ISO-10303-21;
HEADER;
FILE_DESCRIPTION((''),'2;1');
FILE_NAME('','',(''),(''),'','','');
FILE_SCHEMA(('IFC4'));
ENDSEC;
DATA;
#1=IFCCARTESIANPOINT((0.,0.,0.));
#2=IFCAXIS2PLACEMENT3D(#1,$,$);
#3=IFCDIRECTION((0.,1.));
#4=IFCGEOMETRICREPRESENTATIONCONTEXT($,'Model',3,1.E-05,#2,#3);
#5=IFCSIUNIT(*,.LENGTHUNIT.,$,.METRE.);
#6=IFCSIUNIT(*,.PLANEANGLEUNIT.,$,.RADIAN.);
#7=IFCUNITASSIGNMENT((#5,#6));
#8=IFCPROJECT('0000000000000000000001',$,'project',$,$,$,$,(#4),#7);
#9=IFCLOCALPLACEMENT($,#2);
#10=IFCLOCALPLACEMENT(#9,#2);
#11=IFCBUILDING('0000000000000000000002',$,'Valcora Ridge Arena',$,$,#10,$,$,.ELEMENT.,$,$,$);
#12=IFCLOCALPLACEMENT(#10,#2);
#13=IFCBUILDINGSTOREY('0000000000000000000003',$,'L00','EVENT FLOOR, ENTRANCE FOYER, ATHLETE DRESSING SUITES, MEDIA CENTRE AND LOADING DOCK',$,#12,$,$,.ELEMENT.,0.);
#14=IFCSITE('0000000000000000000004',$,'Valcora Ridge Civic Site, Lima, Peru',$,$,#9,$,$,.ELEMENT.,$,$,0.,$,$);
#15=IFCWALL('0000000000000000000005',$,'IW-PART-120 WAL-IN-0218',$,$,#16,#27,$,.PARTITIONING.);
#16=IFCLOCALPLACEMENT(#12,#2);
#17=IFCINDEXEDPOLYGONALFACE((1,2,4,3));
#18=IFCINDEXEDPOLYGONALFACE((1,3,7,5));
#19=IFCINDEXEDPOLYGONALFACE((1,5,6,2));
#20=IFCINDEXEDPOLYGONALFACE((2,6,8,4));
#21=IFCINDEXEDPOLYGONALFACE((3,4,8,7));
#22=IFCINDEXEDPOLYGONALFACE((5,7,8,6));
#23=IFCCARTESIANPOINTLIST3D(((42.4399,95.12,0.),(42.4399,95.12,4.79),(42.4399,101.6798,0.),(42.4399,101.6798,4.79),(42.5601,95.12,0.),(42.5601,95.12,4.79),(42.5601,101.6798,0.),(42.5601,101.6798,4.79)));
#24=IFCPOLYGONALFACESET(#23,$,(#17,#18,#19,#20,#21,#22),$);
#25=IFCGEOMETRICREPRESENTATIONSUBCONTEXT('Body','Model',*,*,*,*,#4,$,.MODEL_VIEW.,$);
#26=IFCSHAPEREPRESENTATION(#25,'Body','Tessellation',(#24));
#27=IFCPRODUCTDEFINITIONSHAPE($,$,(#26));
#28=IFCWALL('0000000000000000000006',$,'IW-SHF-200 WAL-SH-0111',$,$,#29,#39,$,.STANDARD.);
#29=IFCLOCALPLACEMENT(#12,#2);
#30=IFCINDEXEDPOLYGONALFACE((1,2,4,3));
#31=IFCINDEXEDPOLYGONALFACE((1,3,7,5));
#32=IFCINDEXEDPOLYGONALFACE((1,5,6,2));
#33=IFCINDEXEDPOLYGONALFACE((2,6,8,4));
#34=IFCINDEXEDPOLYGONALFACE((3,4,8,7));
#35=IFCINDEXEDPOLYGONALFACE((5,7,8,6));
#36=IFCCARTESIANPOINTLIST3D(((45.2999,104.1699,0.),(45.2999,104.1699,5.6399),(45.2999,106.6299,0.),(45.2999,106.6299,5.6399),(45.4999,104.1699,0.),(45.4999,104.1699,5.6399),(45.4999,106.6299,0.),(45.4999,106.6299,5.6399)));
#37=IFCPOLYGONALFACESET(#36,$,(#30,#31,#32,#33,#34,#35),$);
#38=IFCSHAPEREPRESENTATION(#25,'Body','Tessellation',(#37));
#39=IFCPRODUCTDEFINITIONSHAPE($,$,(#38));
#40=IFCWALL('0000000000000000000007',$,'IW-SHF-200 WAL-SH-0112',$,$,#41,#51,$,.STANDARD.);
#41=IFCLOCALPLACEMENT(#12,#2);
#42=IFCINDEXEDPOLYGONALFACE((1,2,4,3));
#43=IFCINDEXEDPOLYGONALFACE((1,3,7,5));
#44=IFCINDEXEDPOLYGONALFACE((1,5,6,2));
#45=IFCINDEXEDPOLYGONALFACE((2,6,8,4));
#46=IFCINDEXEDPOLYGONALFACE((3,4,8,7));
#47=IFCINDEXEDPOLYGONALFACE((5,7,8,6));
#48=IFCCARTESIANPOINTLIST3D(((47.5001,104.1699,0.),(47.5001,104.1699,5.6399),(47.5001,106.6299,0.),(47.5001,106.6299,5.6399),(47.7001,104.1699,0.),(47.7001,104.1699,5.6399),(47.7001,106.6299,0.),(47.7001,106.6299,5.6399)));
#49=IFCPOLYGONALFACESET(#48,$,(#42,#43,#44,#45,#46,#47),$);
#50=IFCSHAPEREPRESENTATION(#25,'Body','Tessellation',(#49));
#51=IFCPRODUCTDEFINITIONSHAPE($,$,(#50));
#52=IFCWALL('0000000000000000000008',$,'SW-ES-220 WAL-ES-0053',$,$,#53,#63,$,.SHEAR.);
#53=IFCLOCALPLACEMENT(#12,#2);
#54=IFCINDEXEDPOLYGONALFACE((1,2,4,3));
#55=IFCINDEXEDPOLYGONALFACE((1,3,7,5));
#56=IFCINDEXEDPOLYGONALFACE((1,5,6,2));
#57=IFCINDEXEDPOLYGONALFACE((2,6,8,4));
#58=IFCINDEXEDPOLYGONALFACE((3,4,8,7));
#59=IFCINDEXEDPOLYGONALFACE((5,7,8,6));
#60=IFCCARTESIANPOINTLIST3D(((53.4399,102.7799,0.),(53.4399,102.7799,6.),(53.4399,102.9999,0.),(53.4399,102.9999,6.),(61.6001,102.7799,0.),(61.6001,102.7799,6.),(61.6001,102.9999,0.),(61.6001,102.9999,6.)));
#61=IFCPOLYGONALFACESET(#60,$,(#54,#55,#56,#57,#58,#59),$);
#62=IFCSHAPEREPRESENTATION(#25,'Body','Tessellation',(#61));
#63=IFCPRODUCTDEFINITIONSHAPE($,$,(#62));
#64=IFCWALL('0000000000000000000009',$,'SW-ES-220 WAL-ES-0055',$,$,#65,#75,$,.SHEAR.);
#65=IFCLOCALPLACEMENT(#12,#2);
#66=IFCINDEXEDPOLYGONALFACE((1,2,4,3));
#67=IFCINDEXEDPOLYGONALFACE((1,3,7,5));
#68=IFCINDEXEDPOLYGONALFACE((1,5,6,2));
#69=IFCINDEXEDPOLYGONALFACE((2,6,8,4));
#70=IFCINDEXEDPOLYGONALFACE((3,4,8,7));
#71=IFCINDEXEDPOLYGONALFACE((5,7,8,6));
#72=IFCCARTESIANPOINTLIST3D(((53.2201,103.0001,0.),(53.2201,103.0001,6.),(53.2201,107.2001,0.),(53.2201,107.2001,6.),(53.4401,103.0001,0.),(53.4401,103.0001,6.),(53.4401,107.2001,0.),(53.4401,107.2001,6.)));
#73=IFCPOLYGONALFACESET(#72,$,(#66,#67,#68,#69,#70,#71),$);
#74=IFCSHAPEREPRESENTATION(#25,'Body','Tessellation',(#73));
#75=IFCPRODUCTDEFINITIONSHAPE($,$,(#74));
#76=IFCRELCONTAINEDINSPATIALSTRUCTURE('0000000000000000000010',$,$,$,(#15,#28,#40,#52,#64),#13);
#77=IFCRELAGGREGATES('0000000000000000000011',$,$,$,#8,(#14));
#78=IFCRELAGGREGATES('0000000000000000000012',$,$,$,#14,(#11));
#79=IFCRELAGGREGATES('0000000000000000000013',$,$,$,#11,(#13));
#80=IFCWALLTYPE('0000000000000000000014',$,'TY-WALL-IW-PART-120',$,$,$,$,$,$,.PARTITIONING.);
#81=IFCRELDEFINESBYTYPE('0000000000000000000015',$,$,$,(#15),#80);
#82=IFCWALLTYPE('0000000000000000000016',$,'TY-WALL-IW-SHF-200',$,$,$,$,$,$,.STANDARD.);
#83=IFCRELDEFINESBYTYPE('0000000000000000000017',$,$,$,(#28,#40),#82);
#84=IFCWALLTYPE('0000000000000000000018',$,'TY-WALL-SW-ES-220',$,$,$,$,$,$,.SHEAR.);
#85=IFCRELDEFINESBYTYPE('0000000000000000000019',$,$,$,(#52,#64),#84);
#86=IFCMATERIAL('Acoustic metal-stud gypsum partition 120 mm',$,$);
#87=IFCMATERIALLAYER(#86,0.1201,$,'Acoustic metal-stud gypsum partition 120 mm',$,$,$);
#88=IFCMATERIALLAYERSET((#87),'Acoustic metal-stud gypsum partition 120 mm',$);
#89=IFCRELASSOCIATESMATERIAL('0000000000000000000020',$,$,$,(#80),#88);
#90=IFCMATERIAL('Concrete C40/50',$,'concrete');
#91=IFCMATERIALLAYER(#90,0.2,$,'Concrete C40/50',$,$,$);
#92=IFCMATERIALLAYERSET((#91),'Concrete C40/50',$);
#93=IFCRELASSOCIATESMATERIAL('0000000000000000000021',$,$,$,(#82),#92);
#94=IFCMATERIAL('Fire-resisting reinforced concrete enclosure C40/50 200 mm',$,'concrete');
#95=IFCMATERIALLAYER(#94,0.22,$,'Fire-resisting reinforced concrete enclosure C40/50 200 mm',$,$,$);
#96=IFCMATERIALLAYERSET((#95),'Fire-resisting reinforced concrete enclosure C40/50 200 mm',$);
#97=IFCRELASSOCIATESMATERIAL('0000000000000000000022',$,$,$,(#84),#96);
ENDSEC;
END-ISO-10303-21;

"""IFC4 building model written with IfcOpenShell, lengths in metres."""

from ifc_helpers import new_model, si_unit, direction, frame, frame_2d, origin, place, context, subcontext, project, spatial, rectangle, extrude, material, layer, layer_set, type_object, element, save


model = new_model("IFC4")

# Units and contexts
model_context = context("Model", 3, precision=1e-05, world=origin(), true_north=direction((0.0, 1.0)))
body_context = subcontext(model_context, "Body", "Model", "MODEL_VIEW")
ifc_project = project(units=[si_unit("LENGTHUNIT", "METRE"), si_unit("PLANEANGLEUNIT", "RADIAN")], contexts=[model_context])

# Site, building, storey
site_placement = place(None, origin())
site = spatial("IfcSite", under=ifc_project, at=site_placement, Name="Valcora Ridge Civic Site, Lima, Peru", CompositionType="ELEMENT", RefElevation=0.0)
building_placement = place(site_placement, origin())
building = spatial("IfcBuilding", under=site, at=building_placement, Name="Valcora Ridge Arena", CompositionType="ELEMENT")
storey_placement = place(building_placement, origin())
storey = spatial("IfcBuildingStorey", under=building, at=storey_placement, Name="L00", Description="EVENT FLOOR, ENTRANCE FOYER, ATHLETE DRESSING SUITES, MEDIA CENTRE AND LOADING DOCK", CompositionType="ELEMENT", Elevation=0.0)

# Shared definitions
ifc_material_1 = material(Name="Concrete C40/50", Category="concrete")

# Wall
ifc_material_2 = material(Name="Acoustic metal-stud gypsum partition 120 mm")
ifc_layer_1 = layer(ifc_material_2, 0.1201, Name="Acoustic metal-stud gypsum partition 120 mm")
ifc_layer_set_1 = layer_set([ifc_layer_1], Name="Acoustic metal-stud gypsum partition 120 mm")
wall_type_1 = type_object("IfcWallType", Name="TY-WALL-IW-PART-120", PredefinedType="PARTITIONING", material=ifc_layer_set_1)
wall_1_placement = place(storey_placement, frame((42.5, 95.1201, 0.0), z_axis=(0.0, 0.0, 1.0), x_axis=(0.0, 1.0, 0.0)))
element("IfcWall", 1, at=wall_1_placement, inside=storey, type_object=wall_type_1, Name="IW-PART-120 WAL-IN-0218", PredefinedType="PARTITIONING", context=body_context, shape_type="SweptSolid", body=[
    extrude(rectangle(XDim=6.5598, YDim=0.1201, at=frame_2d((3.2798, 0.0))), origin(), (0.0, 0.0, 1.0), 4.79),
])

# Shared definitions
ifc_layer_2 = layer(ifc_material_1, 0.2, Name="Concrete C40/50")
ifc_layer_set_2 = layer_set([ifc_layer_2], Name="Concrete C40/50")
wall_type_2 = type_object("IfcWallType", Name="TY-WALL-IW-SHF-200", PredefinedType="STANDARD", material=ifc_layer_set_2)

# Walls
for number, where, z_axis, x_axis, name in (
    (2, (45.3999, 104.1699, 0.0), (0.0, 0.0, 1.0), (0.0, 1.0, 0.0), "IW-SHF-200 WAL-SH-0111"),
    (3, (47.6001, 104.1699, 0.0), (0.0, 0.0, 1.0), (0.0, 1.0, 0.0), "IW-SHF-200 WAL-SH-0112"),
):
    element("IfcWall", number, at=place(storey_placement, frame(where, z_axis=z_axis, x_axis=x_axis)), inside=storey, type_object=wall_type_2, Name=name, PredefinedType="STANDARD", context=body_context, shape_type="SweptSolid", body=[
        extrude(rectangle(XDim=2.46, YDim=0.2, at=frame_2d((1.23, 0.0))), origin(), (0.0, 0.0, 1.0), 5.6399),
    ])
ifc_material_3 = material(Name="Fire-resisting reinforced concrete enclosure C40/50 200 mm", Category="concrete")
ifc_layer_3 = layer(ifc_material_3, 0.22, Name="Fire-resisting reinforced concrete enclosure C40/50 200 mm")
ifc_layer_set_3 = layer_set([ifc_layer_3], Name="Fire-resisting reinforced concrete enclosure C40/50 200 mm")
wall_type_3 = type_object("IfcWallType", Name="TY-WALL-SW-ES-220", PredefinedType="SHEAR", material=ifc_layer_set_3)
wall_2_placement = place(storey_placement, frame((53.4399, 102.8899, 0.0), z_axis=(0.0, 0.0, 1.0), x_axis=(1.0, 0.0, 0.0)))
element("IfcWall", 4, at=wall_2_placement, inside=storey, type_object=wall_type_3, Name="SW-ES-220 WAL-ES-0053", PredefinedType="SHEAR", context=body_context, shape_type="SweptSolid", body=[
    extrude(rectangle(XDim=8.1602, YDim=0.22, at=frame_2d((4.0801, 0.0))), origin(), (0.0, 0.0, 1.0), 6.0),
])
wall_3_placement = place(storey_placement, frame((53.3301, 103.0, 0.0), z_axis=(0.0, 0.0, 1.0), x_axis=(0.0, 1.0, 0.0)))
element("IfcWall", 5, at=wall_3_placement, inside=storey, type_object=wall_type_3, Name="SW-ES-220 WAL-ES-0055", PredefinedType="SHEAR", context=body_context, shape_type="SweptSolid", body=[
    extrude(rectangle(XDim=4.2, YDim=0.22, at=frame_2d((2.1001, 0.0))), origin(), (0.0, 0.0, 1.0), 6.0),
])

save(model, "model.ifc")
